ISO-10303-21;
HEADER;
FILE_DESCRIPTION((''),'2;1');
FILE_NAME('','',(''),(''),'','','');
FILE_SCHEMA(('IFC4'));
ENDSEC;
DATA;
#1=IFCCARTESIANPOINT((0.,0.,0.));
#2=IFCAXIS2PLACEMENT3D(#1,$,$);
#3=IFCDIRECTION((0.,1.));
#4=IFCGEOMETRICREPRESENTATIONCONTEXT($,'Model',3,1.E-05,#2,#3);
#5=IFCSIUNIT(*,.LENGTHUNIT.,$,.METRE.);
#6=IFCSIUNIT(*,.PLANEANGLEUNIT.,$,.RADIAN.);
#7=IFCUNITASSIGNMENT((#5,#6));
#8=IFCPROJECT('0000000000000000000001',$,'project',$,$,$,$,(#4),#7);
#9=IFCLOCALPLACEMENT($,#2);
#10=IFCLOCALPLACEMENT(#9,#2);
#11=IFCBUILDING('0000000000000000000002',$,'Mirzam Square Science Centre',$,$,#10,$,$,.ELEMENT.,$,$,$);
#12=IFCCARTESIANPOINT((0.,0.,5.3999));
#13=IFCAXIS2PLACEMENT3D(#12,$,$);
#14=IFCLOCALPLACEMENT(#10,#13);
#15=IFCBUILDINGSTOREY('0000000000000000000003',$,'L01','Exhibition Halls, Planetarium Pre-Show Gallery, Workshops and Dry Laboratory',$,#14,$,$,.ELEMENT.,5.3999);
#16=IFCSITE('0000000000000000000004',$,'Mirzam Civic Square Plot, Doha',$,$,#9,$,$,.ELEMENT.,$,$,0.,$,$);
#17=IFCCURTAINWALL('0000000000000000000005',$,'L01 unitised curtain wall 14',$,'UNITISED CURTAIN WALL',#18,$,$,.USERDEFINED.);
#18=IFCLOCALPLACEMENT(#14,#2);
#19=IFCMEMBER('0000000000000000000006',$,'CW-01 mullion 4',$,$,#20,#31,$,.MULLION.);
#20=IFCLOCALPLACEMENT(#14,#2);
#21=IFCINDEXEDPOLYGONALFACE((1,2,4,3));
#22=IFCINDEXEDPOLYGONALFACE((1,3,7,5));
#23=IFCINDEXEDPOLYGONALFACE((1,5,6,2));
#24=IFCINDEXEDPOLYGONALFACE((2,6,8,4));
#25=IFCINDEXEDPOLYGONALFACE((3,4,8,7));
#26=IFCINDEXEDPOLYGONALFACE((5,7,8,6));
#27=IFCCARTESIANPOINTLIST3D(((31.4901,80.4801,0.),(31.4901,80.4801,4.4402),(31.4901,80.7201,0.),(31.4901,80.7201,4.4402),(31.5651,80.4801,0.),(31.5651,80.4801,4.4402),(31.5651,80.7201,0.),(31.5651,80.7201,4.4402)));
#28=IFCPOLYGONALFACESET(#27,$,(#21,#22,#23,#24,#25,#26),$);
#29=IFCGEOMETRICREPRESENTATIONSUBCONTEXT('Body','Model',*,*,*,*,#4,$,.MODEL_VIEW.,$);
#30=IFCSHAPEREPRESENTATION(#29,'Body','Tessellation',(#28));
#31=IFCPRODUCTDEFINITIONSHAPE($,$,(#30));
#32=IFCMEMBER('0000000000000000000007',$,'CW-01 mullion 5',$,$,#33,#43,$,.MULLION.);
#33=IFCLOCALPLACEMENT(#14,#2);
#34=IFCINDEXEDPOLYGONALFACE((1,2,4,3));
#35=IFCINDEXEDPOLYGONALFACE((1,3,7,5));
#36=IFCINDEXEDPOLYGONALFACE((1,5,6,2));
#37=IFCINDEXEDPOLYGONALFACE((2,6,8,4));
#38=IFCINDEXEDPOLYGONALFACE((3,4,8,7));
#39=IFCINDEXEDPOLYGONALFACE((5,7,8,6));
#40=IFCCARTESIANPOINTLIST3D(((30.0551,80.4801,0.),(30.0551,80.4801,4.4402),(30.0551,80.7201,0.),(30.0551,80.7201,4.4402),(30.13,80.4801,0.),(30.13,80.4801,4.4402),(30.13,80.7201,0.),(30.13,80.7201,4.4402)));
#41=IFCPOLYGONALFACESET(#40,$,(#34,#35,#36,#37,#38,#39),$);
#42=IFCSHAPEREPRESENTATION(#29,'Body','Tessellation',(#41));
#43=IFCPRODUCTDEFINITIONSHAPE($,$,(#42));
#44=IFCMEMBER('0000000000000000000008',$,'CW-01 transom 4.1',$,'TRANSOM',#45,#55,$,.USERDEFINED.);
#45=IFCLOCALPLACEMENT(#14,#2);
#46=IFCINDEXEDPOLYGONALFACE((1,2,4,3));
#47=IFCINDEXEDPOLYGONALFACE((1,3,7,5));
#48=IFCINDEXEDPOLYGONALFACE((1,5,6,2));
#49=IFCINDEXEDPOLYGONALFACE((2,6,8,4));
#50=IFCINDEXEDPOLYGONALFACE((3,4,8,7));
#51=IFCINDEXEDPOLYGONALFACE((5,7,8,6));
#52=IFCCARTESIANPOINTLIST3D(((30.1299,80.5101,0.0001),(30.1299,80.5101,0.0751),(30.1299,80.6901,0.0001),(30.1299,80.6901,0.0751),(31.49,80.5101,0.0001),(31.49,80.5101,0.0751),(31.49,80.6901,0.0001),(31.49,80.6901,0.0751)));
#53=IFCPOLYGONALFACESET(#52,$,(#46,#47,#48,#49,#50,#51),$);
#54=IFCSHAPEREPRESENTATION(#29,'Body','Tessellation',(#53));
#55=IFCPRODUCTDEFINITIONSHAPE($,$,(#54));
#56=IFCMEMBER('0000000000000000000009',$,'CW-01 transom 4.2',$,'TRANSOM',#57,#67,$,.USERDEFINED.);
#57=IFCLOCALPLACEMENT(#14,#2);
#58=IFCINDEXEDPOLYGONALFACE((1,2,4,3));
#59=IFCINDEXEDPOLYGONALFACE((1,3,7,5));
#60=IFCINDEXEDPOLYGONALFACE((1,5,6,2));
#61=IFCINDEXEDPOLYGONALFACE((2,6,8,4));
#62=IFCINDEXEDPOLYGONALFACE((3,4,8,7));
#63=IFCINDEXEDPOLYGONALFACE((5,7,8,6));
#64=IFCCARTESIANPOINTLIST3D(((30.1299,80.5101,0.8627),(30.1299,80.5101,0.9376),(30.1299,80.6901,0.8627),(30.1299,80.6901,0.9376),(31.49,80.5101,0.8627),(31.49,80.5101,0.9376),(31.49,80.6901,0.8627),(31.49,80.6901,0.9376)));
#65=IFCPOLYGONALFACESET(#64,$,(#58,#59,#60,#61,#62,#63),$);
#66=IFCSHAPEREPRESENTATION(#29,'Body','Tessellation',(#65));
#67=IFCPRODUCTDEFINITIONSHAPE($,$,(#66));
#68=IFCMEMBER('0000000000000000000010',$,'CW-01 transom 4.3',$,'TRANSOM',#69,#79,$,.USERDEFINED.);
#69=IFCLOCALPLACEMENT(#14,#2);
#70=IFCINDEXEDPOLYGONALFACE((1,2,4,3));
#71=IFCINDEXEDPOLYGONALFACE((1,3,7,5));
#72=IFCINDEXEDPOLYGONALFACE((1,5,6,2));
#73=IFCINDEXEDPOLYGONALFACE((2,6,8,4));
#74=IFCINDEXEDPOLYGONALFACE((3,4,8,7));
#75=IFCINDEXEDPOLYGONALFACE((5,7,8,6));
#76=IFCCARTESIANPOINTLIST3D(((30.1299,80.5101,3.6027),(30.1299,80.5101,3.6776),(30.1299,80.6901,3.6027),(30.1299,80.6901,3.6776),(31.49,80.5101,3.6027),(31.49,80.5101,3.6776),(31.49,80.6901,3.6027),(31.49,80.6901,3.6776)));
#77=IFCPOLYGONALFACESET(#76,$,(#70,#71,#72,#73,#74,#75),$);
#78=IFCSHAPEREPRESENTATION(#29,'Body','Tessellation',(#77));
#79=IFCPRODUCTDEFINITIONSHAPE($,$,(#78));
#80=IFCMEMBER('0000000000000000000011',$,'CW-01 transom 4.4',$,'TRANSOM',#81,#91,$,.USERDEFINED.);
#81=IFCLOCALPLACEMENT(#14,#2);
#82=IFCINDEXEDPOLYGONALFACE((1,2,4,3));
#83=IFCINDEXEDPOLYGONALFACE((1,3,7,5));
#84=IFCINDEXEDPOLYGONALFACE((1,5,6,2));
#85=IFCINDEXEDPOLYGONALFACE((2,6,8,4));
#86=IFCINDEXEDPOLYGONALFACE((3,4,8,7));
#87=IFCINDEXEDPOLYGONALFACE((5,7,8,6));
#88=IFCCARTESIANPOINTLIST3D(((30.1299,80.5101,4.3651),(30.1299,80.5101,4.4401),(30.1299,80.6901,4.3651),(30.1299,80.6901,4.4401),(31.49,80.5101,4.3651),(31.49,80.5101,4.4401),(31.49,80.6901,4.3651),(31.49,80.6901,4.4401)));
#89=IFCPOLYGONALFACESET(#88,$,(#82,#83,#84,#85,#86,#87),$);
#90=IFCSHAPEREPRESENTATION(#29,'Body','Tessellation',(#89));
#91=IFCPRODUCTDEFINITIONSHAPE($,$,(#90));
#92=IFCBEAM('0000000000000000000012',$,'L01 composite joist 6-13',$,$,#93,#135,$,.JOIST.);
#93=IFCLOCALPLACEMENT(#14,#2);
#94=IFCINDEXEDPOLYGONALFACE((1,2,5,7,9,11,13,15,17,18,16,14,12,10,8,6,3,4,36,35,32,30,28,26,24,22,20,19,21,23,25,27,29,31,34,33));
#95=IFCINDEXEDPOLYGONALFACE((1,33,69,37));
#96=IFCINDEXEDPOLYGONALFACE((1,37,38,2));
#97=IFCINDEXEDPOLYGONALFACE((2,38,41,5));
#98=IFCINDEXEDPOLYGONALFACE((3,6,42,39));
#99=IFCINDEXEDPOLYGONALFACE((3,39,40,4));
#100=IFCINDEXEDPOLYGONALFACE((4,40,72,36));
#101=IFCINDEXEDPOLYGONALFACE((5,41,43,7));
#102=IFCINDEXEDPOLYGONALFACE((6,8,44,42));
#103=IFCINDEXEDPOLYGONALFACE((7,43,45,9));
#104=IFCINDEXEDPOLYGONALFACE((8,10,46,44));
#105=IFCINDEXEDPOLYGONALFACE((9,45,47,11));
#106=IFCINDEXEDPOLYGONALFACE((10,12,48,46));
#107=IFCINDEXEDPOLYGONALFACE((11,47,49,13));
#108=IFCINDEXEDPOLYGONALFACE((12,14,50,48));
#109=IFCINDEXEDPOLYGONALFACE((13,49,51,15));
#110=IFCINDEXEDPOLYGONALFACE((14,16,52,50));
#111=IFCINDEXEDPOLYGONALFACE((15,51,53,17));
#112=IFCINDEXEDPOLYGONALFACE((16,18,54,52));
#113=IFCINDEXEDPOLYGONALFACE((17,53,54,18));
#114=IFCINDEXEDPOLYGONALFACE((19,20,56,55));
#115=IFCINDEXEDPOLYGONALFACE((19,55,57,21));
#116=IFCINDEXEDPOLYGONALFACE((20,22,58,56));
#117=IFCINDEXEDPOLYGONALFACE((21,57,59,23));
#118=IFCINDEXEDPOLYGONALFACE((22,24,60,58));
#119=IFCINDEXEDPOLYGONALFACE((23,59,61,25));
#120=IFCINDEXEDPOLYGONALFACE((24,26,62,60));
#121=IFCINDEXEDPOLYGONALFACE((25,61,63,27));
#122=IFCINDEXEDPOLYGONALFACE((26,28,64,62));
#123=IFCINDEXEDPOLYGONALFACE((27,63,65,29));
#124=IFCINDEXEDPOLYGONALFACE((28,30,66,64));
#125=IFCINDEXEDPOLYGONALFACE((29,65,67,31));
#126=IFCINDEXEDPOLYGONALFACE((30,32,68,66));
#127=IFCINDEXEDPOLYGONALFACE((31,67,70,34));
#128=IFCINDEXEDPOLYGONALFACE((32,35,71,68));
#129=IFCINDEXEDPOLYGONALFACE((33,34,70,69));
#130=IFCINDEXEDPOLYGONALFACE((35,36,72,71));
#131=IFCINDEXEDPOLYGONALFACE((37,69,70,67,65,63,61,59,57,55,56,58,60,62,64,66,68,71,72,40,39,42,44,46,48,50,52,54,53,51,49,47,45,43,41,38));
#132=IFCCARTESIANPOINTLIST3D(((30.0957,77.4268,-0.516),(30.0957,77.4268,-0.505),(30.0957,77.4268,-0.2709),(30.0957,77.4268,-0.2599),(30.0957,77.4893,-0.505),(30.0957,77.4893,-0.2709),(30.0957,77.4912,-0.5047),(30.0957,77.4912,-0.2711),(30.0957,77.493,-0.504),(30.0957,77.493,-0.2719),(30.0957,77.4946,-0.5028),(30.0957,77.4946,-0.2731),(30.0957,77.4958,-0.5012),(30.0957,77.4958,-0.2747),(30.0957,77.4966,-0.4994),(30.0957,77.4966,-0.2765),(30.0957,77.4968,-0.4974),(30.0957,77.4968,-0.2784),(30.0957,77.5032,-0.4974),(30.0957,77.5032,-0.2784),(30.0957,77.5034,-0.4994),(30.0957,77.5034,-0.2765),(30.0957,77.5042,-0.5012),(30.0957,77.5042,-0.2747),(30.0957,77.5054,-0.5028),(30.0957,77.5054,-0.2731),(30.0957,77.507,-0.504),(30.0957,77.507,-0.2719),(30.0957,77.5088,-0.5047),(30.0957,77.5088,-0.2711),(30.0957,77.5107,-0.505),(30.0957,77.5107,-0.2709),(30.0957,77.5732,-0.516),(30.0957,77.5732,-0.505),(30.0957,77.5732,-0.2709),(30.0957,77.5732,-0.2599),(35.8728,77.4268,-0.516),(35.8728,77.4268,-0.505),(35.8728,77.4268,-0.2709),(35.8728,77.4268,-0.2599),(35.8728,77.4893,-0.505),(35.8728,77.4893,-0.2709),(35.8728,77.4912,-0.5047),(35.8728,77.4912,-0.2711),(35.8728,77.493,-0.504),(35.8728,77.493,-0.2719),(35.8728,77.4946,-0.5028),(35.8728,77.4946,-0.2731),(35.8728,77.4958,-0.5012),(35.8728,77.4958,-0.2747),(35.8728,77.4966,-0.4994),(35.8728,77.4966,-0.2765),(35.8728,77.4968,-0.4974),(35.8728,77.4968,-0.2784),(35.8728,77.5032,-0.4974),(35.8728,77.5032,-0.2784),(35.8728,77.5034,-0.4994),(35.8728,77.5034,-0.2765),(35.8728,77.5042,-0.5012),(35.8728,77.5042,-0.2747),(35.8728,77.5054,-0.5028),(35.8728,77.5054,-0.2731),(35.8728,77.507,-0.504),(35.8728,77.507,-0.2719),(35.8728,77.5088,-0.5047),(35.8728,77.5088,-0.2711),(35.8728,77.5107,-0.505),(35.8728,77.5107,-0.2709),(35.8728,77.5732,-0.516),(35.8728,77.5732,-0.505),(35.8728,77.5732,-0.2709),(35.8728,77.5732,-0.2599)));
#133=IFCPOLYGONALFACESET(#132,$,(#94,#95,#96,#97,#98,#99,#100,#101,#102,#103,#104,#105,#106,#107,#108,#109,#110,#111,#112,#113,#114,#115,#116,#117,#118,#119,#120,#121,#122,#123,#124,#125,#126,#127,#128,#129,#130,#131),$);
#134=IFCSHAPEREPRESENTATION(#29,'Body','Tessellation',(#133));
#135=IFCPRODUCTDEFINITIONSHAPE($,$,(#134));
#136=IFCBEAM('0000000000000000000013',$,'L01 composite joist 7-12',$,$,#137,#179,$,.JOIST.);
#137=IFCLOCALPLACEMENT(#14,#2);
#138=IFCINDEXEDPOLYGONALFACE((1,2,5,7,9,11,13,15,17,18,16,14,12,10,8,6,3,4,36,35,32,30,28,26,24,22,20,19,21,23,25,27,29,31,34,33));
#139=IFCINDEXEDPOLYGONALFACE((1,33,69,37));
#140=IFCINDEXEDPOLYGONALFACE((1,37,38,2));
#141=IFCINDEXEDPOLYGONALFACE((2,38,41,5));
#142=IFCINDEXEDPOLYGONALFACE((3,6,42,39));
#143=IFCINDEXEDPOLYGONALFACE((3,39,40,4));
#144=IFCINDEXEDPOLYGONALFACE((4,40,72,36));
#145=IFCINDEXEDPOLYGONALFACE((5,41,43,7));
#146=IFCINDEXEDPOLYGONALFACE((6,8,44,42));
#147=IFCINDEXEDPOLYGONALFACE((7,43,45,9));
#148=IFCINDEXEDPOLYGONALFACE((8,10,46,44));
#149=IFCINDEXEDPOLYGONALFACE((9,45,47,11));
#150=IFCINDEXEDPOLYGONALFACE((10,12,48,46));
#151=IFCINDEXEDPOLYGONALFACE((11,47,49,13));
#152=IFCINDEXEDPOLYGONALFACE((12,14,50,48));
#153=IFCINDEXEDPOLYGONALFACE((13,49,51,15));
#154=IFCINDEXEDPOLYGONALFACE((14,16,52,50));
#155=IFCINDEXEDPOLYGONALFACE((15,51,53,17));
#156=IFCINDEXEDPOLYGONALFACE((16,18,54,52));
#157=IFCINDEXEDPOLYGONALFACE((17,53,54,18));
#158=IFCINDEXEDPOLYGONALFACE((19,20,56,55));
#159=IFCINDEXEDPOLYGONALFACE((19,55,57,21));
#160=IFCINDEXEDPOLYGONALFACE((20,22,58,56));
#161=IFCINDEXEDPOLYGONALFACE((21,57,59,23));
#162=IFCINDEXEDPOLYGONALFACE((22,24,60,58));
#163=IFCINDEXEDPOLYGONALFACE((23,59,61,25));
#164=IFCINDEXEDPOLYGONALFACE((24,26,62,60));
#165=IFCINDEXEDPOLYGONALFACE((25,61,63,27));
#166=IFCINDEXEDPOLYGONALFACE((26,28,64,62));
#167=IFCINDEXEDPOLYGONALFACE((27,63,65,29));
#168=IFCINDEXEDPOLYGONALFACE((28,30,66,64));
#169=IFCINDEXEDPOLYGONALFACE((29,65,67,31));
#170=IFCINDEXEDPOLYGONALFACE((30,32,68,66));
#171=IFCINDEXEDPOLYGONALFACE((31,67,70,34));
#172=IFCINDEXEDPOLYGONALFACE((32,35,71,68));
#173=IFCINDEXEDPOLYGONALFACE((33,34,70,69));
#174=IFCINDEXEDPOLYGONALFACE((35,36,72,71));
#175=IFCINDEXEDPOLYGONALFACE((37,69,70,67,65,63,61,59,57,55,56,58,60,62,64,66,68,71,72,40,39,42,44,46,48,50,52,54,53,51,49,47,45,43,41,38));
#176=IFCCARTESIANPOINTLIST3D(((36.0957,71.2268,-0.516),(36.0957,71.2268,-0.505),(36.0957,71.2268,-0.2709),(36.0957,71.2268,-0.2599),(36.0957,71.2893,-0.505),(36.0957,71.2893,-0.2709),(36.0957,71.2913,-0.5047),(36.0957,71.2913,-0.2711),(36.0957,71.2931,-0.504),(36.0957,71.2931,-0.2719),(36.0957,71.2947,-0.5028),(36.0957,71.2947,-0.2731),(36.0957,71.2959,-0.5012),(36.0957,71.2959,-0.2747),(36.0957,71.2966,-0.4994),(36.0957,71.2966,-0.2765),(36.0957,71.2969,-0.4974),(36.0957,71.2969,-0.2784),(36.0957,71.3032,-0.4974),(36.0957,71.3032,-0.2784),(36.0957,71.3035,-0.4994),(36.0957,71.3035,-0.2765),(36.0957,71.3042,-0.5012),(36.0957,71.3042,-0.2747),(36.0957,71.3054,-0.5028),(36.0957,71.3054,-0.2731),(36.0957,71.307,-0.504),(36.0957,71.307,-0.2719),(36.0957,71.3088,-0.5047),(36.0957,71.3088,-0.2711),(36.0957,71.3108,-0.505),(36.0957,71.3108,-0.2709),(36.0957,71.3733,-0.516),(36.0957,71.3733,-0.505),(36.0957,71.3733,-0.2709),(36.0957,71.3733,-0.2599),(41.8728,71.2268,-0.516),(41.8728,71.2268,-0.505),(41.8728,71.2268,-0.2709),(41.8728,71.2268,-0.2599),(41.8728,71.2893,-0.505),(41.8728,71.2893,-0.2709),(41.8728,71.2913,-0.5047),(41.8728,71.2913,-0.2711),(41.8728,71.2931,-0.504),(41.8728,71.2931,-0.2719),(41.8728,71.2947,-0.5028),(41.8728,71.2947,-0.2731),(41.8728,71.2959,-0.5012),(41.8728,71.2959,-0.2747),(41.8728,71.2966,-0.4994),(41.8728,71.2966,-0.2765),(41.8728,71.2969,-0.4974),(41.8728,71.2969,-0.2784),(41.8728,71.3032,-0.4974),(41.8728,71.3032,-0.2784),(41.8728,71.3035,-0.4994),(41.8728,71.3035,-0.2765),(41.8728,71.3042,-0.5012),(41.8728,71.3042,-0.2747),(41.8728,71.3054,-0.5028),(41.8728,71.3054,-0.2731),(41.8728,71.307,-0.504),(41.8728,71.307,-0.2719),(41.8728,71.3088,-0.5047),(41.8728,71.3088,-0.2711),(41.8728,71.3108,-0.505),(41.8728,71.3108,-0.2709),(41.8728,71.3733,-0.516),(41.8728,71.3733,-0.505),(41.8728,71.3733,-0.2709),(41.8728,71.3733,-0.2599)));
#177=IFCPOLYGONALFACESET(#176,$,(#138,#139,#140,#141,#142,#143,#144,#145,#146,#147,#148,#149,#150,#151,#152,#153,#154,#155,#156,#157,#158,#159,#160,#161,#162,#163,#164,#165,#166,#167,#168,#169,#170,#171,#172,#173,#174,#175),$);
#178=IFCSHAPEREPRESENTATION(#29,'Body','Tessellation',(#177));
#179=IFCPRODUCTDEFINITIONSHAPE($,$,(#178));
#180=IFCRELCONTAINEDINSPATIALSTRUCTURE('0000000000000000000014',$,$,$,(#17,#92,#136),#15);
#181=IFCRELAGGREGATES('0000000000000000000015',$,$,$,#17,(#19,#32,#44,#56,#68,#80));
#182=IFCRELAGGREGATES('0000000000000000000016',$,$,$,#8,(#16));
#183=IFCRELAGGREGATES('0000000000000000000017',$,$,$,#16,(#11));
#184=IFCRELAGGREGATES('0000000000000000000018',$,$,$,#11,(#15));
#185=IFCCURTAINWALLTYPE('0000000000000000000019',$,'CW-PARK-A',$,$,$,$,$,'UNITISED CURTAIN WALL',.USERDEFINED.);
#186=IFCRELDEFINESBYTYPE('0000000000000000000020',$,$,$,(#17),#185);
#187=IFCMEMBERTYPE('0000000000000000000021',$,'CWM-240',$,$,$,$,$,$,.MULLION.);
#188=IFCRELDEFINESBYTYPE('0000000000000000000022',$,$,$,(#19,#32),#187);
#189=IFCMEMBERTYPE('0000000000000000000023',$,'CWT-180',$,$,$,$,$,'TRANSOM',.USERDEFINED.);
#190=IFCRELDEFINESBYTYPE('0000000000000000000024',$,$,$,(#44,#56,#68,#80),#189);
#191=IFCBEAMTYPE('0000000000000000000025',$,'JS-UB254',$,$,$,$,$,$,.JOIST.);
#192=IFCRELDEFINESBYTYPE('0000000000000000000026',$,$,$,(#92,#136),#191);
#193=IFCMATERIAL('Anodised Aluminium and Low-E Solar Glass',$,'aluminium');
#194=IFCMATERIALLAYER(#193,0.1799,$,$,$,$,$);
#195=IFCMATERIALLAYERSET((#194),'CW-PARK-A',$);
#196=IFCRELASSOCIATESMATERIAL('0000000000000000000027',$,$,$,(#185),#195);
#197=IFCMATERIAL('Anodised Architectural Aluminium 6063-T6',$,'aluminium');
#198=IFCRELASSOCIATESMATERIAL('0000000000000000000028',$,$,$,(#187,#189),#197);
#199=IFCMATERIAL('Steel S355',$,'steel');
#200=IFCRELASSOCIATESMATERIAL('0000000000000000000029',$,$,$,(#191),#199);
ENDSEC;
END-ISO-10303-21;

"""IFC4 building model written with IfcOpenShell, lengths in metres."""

from ifc_helpers import new_model, si_unit, direction, frame, origin, origin_2d, place, context, subcontext, project, spatial, rectangle, i_section, extrude, material, layer, layer_set, material_profile, profile_set, type_object, element, aggregate, save


model = new_model("IFC4")

# Units and contexts
model_context = context("Model", 3, precision=1e-05, world=origin(), true_north=direction((0.0, 1.0)))
body_context = subcontext(model_context, "Body", "Model", "MODEL_VIEW")
ifc_project = project(units=[si_unit("LENGTHUNIT", "METRE"), si_unit("PLANEANGLEUNIT", "RADIAN")], contexts=[model_context])

# Site, building, storey
site_placement = place(None, origin())
site = spatial("IfcSite", under=ifc_project, at=site_placement, Name="Mirzam Civic Square Plot, Doha", CompositionType="ELEMENT", RefElevation=0.0)
building_placement = place(site_placement, origin())
building = spatial("IfcBuilding", under=site, at=building_placement, Name="Mirzam Square Science Centre", CompositionType="ELEMENT")
storey_placement = place(building_placement, frame((0.0, 0.0, 5.3999)))
storey = spatial("IfcBuildingStorey", under=building, at=storey_placement, Name="L01", Description="Exhibition Halls, Planetarium Pre-Show Gallery, Workshops and Dry Laboratory", CompositionType="ELEMENT", Elevation=5.3999)

# Shared definitions
ifc_material_1 = material(Name="Steel S355", Category="steel")

# Curtain wall, members
ifc_material_2 = material(Name="Anodised Aluminium and Low-E Solar Glass", Category="aluminium")
ifc_layer_1 = layer(ifc_material_2, 0.1799)
ifc_layer_set_1 = layer_set([ifc_layer_1], Name="CW-PARK-A")
curtain_wall_type = type_object("IfcCurtainWallType", Name="CW-PARK-A", ElementType="UNITISED CURTAIN WALL", PredefinedType="USERDEFINED", material=ifc_layer_set_1)
curtain_wall_placement = place(storey_placement, origin())
curtain_wall = element("IfcCurtainWall", 1, at=curtain_wall_placement, inside=storey, type_object=curtain_wall_type, Name="L01 unitised curtain wall 14", ObjectType="UNITISED CURTAIN WALL", PredefinedType="USERDEFINED")
ifc_material_3 = material(Name="Anodised Architectural Aluminium 6063-T6", Category="aluminium")
ifc_material_profile_1 = material_profile(ifc_material_3, rectangle(XDim=0.075, YDim=0.24, at=origin_2d()), Name="ALU-MULL-240x75x5")
ifc_profile_set_1 = profile_set([ifc_material_profile_1], Name="Anodised Architectural Aluminium 6063-T6")
member_type_1 = type_object("IfcMemberType", Name="CWM-240", PredefinedType="MULLION", material=ifc_profile_set_1)
member_1_placement = place(storey_placement, frame((31.5276, 80.6001, 0.0), z_axis=(0.0, 0.0, 1.0), x_axis=(-1.0, 0.0, 0.0)))
member_1 = element("IfcMember", 2, at=member_1_placement, type_object=member_type_1, Name="CW-01 mullion 4", PredefinedType="MULLION", context=body_context, shape_type="SweptSolid", body=[
    extrude(rectangle(XDim=0.075, YDim=0.24, at=origin_2d()), origin(), (0.0, 0.0, 1.0), 4.4402),
])
member_2_placement = place(storey_placement, frame((30.0925, 80.6001, 0.0), z_axis=(0.0, 0.0, 1.0), x_axis=(-1.0, 0.0, 0.0)))
member_2 = element("IfcMember", 3, at=member_2_placement, type_object=member_type_1, Name="CW-01 mullion 5", PredefinedType="MULLION", context=body_context, shape_type="SweptSolid", body=[
    extrude(rectangle(XDim=0.075, YDim=0.24, at=origin_2d()), origin(), (0.0, 0.0, 1.0), 4.4402),
])
ifc_material_profile_2 = material_profile(ifc_material_3, rectangle(XDim=0.1799, YDim=0.075, at=origin_2d()), Name="ALU-TRAN-180x75x5")
ifc_profile_set_2 = profile_set([ifc_material_profile_2], Name="Anodised Architectural Aluminium 6063-T6")
member_type_2 = type_object("IfcMemberType", Name="CWT-180", ElementType="TRANSOM", PredefinedType="USERDEFINED", material=ifc_profile_set_2)
member_3_placement = place(storey_placement, frame((31.49, 80.6001, 0.0376), z_axis=(-1.0, 0.0, 0.0), x_axis=(0.0, -1.0, 0.0)))
member_3 = element("IfcMember", 4, at=member_3_placement, type_object=member_type_2, Name="CW-01 transom 4.1", ObjectType="TRANSOM", PredefinedType="USERDEFINED", context=body_context, shape_type="SweptSolid", body=[
    extrude(rectangle(XDim=0.1799, YDim=0.075, at=origin_2d()), origin(), (0.0, 0.0, 1.0), 1.3601),
])
member_4_placement = place(storey_placement, frame((31.49, 80.6001, 0.9001), z_axis=(-1.0, 0.0, 0.0), x_axis=(0.0, -1.0, 0.0)))
member_4 = element("IfcMember", 5, at=member_4_placement, type_object=member_type_2, Name="CW-01 transom 4.2", ObjectType="TRANSOM", PredefinedType="USERDEFINED", context=body_context, shape_type="SweptSolid", body=[
    extrude(rectangle(XDim=0.1799, YDim=0.075, at=origin_2d()), origin(), (0.0, 0.0, 1.0), 1.3601),
])
member_5_placement = place(storey_placement, frame((31.49, 80.6001, 3.6401), z_axis=(-1.0, 0.0, 0.0), x_axis=(0.0, -1.0, 0.0)))
member_5 = element("IfcMember", 6, at=member_5_placement, type_object=member_type_2, Name="CW-01 transom 4.3", ObjectType="TRANSOM", PredefinedType="USERDEFINED", context=body_context, shape_type="SweptSolid", body=[
    extrude(rectangle(XDim=0.1799, YDim=0.075, at=origin_2d()), origin(), (0.0, 0.0, 1.0), 1.3601),
])
member_6_placement = place(storey_placement, frame((31.49, 80.6001, 4.4026), z_axis=(-1.0, 0.0, 0.0), x_axis=(0.0, -1.0, 0.0)))
member_6 = element("IfcMember", 7, at=member_6_placement, type_object=member_type_2, Name="CW-01 transom 4.4", ObjectType="TRANSOM", PredefinedType="USERDEFINED", context=body_context, shape_type="SweptSolid", body=[
    extrude(rectangle(XDim=0.1799, YDim=0.075, at=origin_2d()), origin(), (0.0, 0.0, 1.0), 1.3601),
])

# Beams
ifc_material_profile_3 = material_profile(ifc_material_1, i_section(OverallWidth=0.1465, OverallDepth=0.2561, WebThickness=0.0063, FlangeThickness=0.011, FilletRadius=0.0076, at=origin_2d()), Name="254x146x37UB")
ifc_profile_set_3 = profile_set([ifc_material_profile_3], Name="Steel S355")
beam_type_1 = type_object("IfcBeamType", Name="JS-UB254", PredefinedType="JOIST", material=ifc_profile_set_3)
for number, where, z_axis, x_axis, name in (
    (8, (30.0957, 77.5, -0.3879), (1.0, 0.0, 0.0), (0.0, 1.0, 0.0), "L01 composite joist 6-13"),
    (9, (36.0957, 71.3, -0.3879), (1.0, 0.0, 0.0), (0.0, 1.0, 0.0), "L01 composite joist 7-12"),
):
    element("IfcBeam", number, at=place(storey_placement, frame(where, z_axis=z_axis, x_axis=x_axis)), inside=storey, type_object=beam_type_1, Name=name, PredefinedType="JOIST", context=body_context, shape_type="SweptSolid", body=[
        extrude(i_section(OverallWidth=0.1465, OverallDepth=0.2561, WebThickness=0.0063, FlangeThickness=0.011, FilletRadius=0.0076, at=origin_2d()), origin(), (0.0, 0.0, 1.0), 5.7771),
    ])

aggregate(curtain_wall, [member_1, member_2, member_3, member_4, member_5, member_6])

save(model, "model.ifc")
